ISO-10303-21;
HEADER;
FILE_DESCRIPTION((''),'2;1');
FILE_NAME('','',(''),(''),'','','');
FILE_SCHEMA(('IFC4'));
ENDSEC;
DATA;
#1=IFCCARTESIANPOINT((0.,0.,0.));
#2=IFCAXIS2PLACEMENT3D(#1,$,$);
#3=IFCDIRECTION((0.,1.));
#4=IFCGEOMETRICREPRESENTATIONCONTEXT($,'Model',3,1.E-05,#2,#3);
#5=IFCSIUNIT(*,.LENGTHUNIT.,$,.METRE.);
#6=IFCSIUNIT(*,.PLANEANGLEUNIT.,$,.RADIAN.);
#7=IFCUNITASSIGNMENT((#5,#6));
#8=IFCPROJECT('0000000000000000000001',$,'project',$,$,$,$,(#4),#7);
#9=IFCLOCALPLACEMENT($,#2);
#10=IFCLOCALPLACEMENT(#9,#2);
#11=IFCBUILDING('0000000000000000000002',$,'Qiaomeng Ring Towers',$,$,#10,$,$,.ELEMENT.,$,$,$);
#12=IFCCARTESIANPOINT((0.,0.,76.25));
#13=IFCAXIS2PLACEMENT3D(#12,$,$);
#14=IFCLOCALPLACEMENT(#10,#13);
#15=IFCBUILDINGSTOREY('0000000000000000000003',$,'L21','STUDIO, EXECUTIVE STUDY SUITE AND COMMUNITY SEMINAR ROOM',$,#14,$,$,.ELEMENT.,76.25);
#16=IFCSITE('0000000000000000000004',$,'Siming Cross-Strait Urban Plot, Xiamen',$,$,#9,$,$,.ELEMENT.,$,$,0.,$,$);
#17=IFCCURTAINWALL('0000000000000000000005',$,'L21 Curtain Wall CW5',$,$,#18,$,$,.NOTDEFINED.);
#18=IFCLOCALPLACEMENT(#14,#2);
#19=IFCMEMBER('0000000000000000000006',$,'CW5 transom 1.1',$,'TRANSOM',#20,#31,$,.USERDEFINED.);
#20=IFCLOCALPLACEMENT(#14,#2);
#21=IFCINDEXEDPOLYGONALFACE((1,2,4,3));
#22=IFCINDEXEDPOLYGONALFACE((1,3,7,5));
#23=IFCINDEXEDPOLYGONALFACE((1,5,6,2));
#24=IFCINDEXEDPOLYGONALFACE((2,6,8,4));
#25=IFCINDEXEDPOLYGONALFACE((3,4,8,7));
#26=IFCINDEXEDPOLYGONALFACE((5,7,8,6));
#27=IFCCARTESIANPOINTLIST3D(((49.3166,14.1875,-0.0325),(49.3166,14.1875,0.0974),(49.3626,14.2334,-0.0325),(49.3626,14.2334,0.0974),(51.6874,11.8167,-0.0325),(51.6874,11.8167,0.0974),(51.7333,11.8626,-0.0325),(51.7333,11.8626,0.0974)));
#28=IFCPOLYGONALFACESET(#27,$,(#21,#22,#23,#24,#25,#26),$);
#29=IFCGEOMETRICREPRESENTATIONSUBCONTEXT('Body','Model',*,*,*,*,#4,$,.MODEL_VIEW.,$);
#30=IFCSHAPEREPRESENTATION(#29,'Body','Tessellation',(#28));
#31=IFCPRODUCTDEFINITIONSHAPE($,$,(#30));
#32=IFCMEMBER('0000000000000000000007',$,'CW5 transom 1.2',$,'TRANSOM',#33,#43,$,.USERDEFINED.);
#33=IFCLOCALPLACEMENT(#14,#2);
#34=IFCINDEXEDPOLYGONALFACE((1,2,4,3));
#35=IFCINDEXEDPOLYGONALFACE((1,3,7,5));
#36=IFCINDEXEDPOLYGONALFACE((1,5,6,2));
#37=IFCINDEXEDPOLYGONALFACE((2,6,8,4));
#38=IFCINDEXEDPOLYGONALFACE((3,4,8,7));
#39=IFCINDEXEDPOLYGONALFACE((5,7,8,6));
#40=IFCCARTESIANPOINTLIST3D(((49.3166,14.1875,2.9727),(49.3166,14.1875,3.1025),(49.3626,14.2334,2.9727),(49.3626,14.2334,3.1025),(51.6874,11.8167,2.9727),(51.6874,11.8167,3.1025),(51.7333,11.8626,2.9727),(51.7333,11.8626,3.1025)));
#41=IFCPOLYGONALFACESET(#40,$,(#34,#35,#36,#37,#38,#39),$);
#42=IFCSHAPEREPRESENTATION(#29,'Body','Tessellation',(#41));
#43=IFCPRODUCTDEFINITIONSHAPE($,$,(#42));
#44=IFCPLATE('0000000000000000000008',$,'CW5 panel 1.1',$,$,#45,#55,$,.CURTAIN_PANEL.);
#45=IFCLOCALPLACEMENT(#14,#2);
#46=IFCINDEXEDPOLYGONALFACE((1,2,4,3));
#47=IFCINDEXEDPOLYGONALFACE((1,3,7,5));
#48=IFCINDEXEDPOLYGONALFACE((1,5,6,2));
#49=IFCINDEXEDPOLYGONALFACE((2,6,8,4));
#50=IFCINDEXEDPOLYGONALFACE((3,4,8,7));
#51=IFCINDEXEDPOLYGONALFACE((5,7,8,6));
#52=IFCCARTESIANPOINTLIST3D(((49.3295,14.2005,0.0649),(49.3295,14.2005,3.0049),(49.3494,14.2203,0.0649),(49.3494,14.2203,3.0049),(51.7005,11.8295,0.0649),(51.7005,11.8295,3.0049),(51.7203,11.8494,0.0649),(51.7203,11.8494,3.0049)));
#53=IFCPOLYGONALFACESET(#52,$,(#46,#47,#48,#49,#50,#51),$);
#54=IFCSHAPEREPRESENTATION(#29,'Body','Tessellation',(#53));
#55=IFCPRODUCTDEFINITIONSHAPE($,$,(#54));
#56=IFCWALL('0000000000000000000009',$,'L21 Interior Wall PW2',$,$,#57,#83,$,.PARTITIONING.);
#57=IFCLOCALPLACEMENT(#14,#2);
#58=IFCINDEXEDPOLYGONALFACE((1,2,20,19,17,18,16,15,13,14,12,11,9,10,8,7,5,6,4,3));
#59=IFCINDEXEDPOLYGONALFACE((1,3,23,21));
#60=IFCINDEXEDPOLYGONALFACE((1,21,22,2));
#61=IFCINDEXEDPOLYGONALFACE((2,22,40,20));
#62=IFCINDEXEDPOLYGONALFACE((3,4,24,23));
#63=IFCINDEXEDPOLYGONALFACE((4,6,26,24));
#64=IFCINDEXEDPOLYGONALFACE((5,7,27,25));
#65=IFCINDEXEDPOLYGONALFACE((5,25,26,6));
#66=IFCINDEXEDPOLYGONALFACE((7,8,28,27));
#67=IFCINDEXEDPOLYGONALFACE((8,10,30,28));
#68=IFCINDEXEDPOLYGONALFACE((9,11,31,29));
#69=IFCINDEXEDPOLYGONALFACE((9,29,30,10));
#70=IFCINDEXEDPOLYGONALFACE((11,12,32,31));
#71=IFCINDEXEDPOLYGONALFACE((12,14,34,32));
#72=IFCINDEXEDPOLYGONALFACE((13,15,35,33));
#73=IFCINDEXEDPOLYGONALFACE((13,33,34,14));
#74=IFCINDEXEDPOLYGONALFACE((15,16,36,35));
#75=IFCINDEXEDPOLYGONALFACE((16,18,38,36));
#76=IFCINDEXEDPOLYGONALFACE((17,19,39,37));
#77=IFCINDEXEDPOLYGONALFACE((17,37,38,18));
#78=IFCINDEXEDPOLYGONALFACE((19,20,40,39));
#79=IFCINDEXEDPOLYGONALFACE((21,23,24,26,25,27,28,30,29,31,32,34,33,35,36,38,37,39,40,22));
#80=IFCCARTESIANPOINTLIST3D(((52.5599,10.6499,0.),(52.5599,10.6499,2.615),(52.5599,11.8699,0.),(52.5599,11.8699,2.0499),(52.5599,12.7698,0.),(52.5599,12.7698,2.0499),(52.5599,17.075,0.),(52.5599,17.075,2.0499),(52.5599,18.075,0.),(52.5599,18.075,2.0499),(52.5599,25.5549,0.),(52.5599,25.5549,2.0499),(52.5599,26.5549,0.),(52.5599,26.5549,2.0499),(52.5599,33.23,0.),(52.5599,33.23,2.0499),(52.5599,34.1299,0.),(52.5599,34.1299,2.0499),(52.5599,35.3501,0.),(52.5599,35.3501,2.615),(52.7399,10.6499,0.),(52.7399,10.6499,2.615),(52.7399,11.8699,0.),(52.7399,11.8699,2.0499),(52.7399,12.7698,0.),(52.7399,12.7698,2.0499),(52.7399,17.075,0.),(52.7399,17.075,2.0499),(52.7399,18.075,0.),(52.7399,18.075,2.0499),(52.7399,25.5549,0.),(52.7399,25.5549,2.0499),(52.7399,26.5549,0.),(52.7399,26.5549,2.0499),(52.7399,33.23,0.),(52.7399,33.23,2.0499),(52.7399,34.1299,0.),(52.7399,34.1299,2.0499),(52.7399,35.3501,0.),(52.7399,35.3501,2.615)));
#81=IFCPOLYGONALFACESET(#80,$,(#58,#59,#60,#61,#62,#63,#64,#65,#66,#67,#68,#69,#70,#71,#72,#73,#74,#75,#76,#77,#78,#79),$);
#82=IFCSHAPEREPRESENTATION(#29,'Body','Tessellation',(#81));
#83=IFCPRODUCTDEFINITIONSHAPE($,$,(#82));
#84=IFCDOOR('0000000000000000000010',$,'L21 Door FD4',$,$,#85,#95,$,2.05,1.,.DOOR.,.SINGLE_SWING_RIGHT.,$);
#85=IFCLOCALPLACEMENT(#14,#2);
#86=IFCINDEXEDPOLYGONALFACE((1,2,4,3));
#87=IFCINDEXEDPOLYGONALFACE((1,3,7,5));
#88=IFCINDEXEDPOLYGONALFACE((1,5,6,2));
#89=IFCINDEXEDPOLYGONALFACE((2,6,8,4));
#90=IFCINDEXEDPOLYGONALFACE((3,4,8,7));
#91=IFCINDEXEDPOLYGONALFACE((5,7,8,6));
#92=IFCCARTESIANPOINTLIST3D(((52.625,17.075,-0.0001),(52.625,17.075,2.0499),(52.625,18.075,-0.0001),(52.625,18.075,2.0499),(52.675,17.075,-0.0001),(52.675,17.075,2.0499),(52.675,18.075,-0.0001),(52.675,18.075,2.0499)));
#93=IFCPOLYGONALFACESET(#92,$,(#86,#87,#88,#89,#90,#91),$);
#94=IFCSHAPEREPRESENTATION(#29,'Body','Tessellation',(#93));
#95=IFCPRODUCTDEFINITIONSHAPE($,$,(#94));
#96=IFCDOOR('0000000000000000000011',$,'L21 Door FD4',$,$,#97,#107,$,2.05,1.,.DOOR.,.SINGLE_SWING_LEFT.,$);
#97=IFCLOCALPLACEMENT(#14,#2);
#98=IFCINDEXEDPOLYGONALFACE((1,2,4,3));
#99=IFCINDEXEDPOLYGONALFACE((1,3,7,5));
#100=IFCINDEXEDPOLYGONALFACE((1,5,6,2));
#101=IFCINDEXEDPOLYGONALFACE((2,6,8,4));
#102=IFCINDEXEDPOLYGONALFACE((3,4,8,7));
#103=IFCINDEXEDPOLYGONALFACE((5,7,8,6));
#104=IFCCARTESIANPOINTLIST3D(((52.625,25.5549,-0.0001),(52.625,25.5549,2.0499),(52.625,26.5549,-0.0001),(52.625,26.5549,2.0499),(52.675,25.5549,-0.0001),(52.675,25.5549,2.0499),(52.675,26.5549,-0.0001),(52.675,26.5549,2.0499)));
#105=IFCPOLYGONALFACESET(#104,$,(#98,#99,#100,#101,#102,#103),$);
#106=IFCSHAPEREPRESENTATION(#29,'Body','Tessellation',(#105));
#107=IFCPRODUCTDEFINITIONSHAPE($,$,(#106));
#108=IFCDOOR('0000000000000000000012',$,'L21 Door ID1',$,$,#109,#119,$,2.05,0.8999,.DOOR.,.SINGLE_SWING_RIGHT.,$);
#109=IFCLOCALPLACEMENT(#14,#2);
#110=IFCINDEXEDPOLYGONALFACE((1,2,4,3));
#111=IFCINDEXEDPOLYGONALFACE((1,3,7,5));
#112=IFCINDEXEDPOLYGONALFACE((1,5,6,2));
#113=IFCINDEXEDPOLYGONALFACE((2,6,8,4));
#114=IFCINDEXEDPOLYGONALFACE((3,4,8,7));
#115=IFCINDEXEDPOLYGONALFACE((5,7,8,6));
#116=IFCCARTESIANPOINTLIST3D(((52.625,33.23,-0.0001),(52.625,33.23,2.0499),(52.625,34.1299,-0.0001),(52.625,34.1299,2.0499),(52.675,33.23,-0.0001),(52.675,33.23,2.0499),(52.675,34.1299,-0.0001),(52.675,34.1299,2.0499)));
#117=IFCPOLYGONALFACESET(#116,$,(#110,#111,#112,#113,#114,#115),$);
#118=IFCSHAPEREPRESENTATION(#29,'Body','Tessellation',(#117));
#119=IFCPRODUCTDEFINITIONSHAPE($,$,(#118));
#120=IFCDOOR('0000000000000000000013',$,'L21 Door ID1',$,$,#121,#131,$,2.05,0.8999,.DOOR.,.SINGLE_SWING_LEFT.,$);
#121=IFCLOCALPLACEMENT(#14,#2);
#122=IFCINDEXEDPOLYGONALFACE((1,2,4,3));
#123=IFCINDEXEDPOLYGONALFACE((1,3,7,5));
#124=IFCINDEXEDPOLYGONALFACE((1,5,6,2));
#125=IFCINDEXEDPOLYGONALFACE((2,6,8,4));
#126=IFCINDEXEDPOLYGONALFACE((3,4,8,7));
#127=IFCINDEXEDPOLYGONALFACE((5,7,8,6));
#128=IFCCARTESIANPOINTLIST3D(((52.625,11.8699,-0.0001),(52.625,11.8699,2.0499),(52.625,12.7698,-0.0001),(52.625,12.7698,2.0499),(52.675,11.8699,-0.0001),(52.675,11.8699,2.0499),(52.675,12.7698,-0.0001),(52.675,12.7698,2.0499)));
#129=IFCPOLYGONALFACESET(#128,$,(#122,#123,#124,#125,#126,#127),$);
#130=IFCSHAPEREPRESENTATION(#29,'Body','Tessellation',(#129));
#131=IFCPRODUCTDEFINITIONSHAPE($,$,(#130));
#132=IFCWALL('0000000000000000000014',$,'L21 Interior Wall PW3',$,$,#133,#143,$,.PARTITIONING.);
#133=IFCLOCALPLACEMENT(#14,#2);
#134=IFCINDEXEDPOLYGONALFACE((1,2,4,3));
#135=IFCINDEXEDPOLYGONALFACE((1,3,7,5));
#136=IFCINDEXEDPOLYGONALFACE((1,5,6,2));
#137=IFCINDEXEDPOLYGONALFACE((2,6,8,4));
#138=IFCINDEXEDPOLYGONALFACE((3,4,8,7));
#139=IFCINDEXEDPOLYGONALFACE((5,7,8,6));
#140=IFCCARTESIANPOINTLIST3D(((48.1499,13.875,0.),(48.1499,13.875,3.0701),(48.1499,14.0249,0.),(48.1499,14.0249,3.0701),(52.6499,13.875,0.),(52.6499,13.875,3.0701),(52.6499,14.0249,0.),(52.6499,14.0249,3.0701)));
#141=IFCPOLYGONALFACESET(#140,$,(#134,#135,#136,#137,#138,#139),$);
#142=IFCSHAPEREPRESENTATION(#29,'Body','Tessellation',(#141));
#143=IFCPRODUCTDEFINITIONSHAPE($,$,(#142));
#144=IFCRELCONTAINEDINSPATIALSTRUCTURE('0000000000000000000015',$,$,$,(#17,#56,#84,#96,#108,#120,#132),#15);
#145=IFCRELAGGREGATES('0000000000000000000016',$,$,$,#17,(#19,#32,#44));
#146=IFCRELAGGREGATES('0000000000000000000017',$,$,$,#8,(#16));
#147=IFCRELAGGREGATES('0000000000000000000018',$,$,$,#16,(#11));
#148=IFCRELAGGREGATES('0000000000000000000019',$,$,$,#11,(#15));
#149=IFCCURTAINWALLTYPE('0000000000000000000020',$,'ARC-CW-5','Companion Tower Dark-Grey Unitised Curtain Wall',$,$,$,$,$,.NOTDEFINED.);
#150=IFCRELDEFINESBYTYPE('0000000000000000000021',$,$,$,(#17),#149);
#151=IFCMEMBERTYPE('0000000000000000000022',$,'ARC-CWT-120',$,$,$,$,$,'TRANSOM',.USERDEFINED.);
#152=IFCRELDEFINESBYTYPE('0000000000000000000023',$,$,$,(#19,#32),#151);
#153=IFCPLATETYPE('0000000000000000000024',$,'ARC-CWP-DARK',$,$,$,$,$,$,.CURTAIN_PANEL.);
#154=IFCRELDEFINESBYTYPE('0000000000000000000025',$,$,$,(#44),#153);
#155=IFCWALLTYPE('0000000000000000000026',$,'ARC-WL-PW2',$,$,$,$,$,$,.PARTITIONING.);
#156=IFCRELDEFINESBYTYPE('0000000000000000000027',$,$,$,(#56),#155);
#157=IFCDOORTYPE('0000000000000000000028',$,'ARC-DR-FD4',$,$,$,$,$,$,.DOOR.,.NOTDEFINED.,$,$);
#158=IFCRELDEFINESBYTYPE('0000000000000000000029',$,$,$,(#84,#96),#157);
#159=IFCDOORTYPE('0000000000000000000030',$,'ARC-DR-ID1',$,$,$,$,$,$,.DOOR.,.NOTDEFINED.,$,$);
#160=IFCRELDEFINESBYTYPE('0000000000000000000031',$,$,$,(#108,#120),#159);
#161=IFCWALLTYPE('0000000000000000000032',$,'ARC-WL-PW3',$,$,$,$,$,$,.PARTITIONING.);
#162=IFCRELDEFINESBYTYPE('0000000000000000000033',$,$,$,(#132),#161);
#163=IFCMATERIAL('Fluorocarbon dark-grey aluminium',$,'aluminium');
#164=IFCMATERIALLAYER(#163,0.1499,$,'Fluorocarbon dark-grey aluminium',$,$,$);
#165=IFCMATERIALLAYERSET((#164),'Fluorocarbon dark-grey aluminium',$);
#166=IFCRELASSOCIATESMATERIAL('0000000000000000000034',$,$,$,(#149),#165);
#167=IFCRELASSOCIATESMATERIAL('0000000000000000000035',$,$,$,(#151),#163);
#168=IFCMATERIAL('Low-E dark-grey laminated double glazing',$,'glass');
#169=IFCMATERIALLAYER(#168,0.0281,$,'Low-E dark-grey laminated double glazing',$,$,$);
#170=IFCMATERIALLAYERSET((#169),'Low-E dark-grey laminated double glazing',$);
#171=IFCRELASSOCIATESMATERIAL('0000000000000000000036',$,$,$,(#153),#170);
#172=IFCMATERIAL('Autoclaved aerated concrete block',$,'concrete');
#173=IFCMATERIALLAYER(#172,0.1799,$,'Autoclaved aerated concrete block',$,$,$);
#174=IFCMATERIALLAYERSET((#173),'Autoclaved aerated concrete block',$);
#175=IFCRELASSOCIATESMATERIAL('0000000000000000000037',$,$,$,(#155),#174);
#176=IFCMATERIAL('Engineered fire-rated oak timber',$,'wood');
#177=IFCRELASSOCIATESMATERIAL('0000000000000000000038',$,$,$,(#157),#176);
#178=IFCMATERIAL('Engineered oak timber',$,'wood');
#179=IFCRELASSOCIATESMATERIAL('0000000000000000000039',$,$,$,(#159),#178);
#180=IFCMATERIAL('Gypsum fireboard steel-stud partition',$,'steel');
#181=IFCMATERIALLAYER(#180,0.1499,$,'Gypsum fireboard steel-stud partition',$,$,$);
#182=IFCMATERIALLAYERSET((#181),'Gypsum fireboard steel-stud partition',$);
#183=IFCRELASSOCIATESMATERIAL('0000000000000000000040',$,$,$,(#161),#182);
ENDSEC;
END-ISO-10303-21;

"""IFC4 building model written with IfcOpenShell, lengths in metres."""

from ifc_helpers import new_model, si_unit, direction, frame, frame_2d, origin, origin_2d, place, context, subcontext, project, spatial, rectangle, extrude, source, transform, mapped, material, layer, layer_set, material_profile, profile_set, type_object, element, fill, aggregate, save


model = new_model("IFC4")

# Units and contexts
model_context = context("Model", 3, precision=1e-05, world=origin(), true_north=direction((0.0, 1.0)))
body_context = subcontext(model_context, "Body", "Model", "MODEL_VIEW")
ifc_project = project(units=[si_unit("LENGTHUNIT", "METRE"), si_unit("PLANEANGLEUNIT", "RADIAN")], contexts=[model_context])

# Site, building, storey
site_placement = place(None, origin())
site = spatial("IfcSite", under=ifc_project, at=site_placement, Name="Siming Cross-Strait Urban Plot, Xiamen", CompositionType="ELEMENT", RefElevation=0.0)
building_placement = place(site_placement, origin())
building = spatial("IfcBuilding", under=site, at=building_placement, Name="Qiaomeng Ring Towers", CompositionType="ELEMENT")
storey_placement = place(building_placement, frame((0.0, 0.0, 76.25)))
storey = spatial("IfcBuildingStorey", under=building, at=storey_placement, Name="L21", Description="STUDIO, EXECUTIVE STUDY SUITE AND COMMUNITY SEMINAR ROOM", CompositionType="ELEMENT", Elevation=76.25)

# Curtain wall
ifc_material_1 = material(Name="Fluorocarbon dark-grey aluminium", Category="aluminium")
ifc_layer_1 = layer(ifc_material_1, 0.1499, Name="Fluorocarbon dark-grey aluminium")
ifc_layer_set_1 = layer_set([ifc_layer_1], Name="Fluorocarbon dark-grey aluminium")
curtain_wall_type = type_object("IfcCurtainWallType", Name="ARC-CW-5", Description="Companion Tower Dark-Grey Unitised Curtain Wall", PredefinedType="NOTDEFINED", material=ifc_layer_set_1)
curtain_wall_1_placement = place(storey_placement, origin())
curtain_wall_1 = element("IfcCurtainWall", 1, at=curtain_wall_1_placement, inside=storey, type_object=curtain_wall_type, Name="L21 Curtain Wall CW5", PredefinedType="NOTDEFINED")

# Shared definitions
ifc_material_profile_1 = material_profile(ifc_material_1, rectangle(XDim=0.0649, YDim=0.1299, at=origin_2d()), Name="ALU TRAN 65x130")
ifc_profile_set_1 = profile_set([ifc_material_profile_1], Name="Fluorocarbon dark-grey aluminium")
member_type_1 = type_object("IfcMemberType", Name="ARC-CWT-120", ElementType="TRANSOM", PredefinedType="USERDEFINED", material=ifc_profile_set_1)

# Members
shared_shape_1 = source(origin(), body_context, "Body", "SweptSolid", [
    extrude(rectangle(XDim=0.0649, YDim=0.1299, at=origin_2d()), origin(), (0.0, 0.0, 1.0), 3.3528),
])
member_1_placement = place(storey_placement, frame((49.3396, 14.2104, 0.0325), z_axis=(0.707107, -0.707107, 0.0), x_axis=(0.707107, 0.707107, 0.0)))
member_1 = element("IfcMember", 2, at=member_1_placement, type_object=member_type_1, Name="CW5 transom 1.1", ObjectType="TRANSOM", PredefinedType="USERDEFINED", context=body_context, shape_type="MappedRepresentation", body=[
    mapped(shared_shape_1, transform((0.0, 0.0, 0.0), x_axis=(1.0, 0.0, 0.0), y_axis=(0.0, 1.0, 0.0), z_axis=(0.0, 0.0, 1.0), scale=1.0)),
])
member_2_placement = place(storey_placement, frame((49.3396, 14.2104, 3.0376), z_axis=(0.707107, -0.707107, 0.0), x_axis=(0.707107, 0.707107, 0.0)))
member_2 = element("IfcMember", 3, at=member_2_placement, type_object=member_type_1, Name="CW5 transom 1.2", ObjectType="TRANSOM", PredefinedType="USERDEFINED", context=body_context, shape_type="MappedRepresentation", body=[
    mapped(shared_shape_1, transform((0.0, 0.0, 0.0), x_axis=(1.0, 0.0, 0.0), y_axis=(0.0, 1.0, 0.0), z_axis=(0.0, 0.0, 1.0), scale=1.0)),
])

# Plate
ifc_material_2 = material(Name="Low-E dark-grey laminated double glazing", Category="glass")
ifc_layer_2 = layer(ifc_material_2, 0.0281, Name="Low-E dark-grey laminated double glazing")
ifc_layer_set_2 = layer_set([ifc_layer_2], Name="Low-E dark-grey laminated double glazing")
plate_type = type_object("IfcPlateType", Name="ARC-CWP-DARK", PredefinedType="CURTAIN_PANEL", material=ifc_layer_set_2)
shared_shape_2 = source(origin(), body_context, "Body", "SweptSolid", [
    extrude(rectangle(XDim=3.353, YDim=0.0281, at=origin_2d()), origin(), (0.0, 0.0, 1.0), 2.9399),
])
plate_placement = place(storey_placement, frame((50.5249, 13.0249, 0.0649), z_axis=(0.0, 0.0, 1.0), x_axis=(0.707107, -0.707107, 0.0)))
plate = element("IfcPlate", 4, at=plate_placement, type_object=plate_type, Name="CW5 panel 1.1", PredefinedType="CURTAIN_PANEL", context=body_context, shape_type="MappedRepresentation", body=[
    mapped(shared_shape_2, transform((0.0, 0.0, 0.0), x_axis=(1.0, 0.0, 0.0), y_axis=(0.0, 1.0, 0.0), z_axis=(0.0, 0.0, 1.0), scale=1.0)),
])
aggregate(curtain_wall_1, [member_1, member_2, plate])

# Wall, openings, doors
ifc_material_3 = material(Name="Autoclaved aerated concrete block", Category="concrete")
ifc_layer_3 = layer(ifc_material_3, 0.1799, Name="Autoclaved aerated concrete block")
ifc_layer_set_3 = layer_set([ifc_layer_3], Name="Autoclaved aerated concrete block")
wall_type_1 = type_object("IfcWallType", Name="ARC-WL-PW2", PredefinedType="PARTITIONING", material=ifc_layer_set_3)
wall_1_placement = place(storey_placement, frame((52.6499, 10.6499, 0.0), z_axis=(0.0, 0.0, 1.0), x_axis=(0.0, 1.0, 0.0)))
wall_1 = element("IfcWall", 5, at=wall_1_placement, inside=storey, type_object=wall_type_1, Name="L21 Interior Wall PW2", PredefinedType="PARTITIONING", context=body_context, shape_type="SweptSolid", body=[
    extrude(rectangle(XDim=24.7002, YDim=0.1799, at=frame_2d((12.3501, 0.0))), origin(), (0.0, 0.0, 1.0), 2.615),
])
opening_1_placement = place(wall_1_placement, frame((22.5801, 0.0, 0.0)))
opening_1 = element("IfcOpeningElement", 6, at=opening_1_placement, cuts=wall_1, PredefinedType="OPENING", context=body_context, shape_type="SweptSolid", body=[
    extrude(rectangle(XDim=0.8999, YDim=2.05, at=frame_2d((0.45, 1.0249))), frame((0.0, 0.0999, 0.0), z_axis=(0.0, -1.0, 0.0), x_axis=(1.0, 0.0, 0.0)), (0.0, 0.0, 1.0), 0.2),
])
opening_2_placement = place(wall_1_placement, frame((1.22, 0.0, 0.0)))
opening_2 = element("IfcOpeningElement", 7, at=opening_2_placement, cuts=wall_1, PredefinedType="OPENING", context=body_context, shape_type="SweptSolid", body=[
    extrude(rectangle(XDim=0.8999, YDim=2.05, at=frame_2d((0.45, 1.0249))), frame((0.0, 0.0999, 0.0), z_axis=(0.0, -1.0, 0.0), x_axis=(1.0, 0.0, 0.0)), (0.0, 0.0, 1.0), 0.2),
])
opening_3_placement = place(wall_1_placement, frame((6.425, 0.0, 0.0)))
opening_3 = element("IfcOpeningElement", 8, at=opening_3_placement, cuts=wall_1, PredefinedType="OPENING", context=body_context, shape_type="SweptSolid", body=[
    extrude(rectangle(XDim=1.0, YDim=2.05, at=frame_2d((0.5, 1.0249))), frame((0.0, 0.0999, 0.0), z_axis=(0.0, -1.0, 0.0), x_axis=(1.0, 0.0, 0.0)), (0.0, 0.0, 1.0), 0.2),
])
opening_4_placement = place(wall_1_placement, frame((14.905, 0.0, 0.0)))
opening_4 = element("IfcOpeningElement", 9, at=opening_4_placement, cuts=wall_1, PredefinedType="OPENING", context=body_context, shape_type="SweptSolid", body=[
    extrude(rectangle(XDim=1.0, YDim=2.05, at=frame_2d((0.5, 1.0249))), frame((0.0, 0.0999, 0.0), z_axis=(0.0, -1.0, 0.0), x_axis=(1.0, 0.0, 0.0)), (0.0, 0.0, 1.0), 0.2),
])
ifc_material_4 = material(Name="Engineered fire-rated oak timber", Category="wood")
door_type_1 = type_object("IfcDoorType", Name="ARC-DR-FD4", OperationType="NOTDEFINED", PredefinedType="DOOR", material=ifc_material_4)
shared_shape_3 = source(origin(), body_context, "Body", "SweptSolid", [
    extrude(rectangle(XDim=1.0, YDim=2.05, at=frame_2d((0.5, 1.0249))), frame((0.0, 0.0249, 0.0), z_axis=(0.0, -1.0, 0.0), x_axis=(1.0, 0.0, 0.0)), (0.0, 0.0, 1.0), 0.05),
])
door_1_placement = place(opening_3_placement, origin())
door_1 = element("IfcDoor", 10, at=door_1_placement, inside=storey, type_object=door_type_1, Name="L21 Door FD4", OperationType="SINGLE_SWING_RIGHT", OverallHeight=2.05, OverallWidth=1.0, PredefinedType="DOOR", context=body_context, shape_type="MappedRepresentation", body=[
    mapped(shared_shape_3, transform((0.0, 0.0, 0.0), x_axis=(1.0, 0.0, 0.0), y_axis=(0.0, 1.0, 0.0), z_axis=(0.0, 0.0, 1.0), scale=1.0)),
])
fill(opening_3, door_1)
door_2_placement = place(opening_4_placement, origin())
door_2 = element("IfcDoor", 11, at=door_2_placement, inside=storey, type_object=door_type_1, Name="L21 Door FD4", OperationType="SINGLE_SWING_LEFT", OverallHeight=2.05, OverallWidth=1.0, PredefinedType="DOOR", context=body_context, shape_type="MappedRepresentation", body=[
    mapped(shared_shape_3, transform((0.0, 0.0, 0.0), x_axis=(1.0, 0.0, 0.0), y_axis=(0.0, 1.0, 0.0), z_axis=(0.0, 0.0, 1.0), scale=1.0)),
])
fill(opening_4, door_2)
ifc_material_5 = material(Name="Engineered oak timber", Category="wood")
door_type_2 = type_object("IfcDoorType", Name="ARC-DR-ID1", OperationType="NOTDEFINED", PredefinedType="DOOR", material=ifc_material_5)
shared_shape_4 = source(origin(), body_context, "Body", "SweptSolid", [
    extrude(rectangle(XDim=0.8999, YDim=2.05, at=frame_2d((0.45, 1.0249))), frame((0.0, 0.0249, 0.0), z_axis=(0.0, -1.0, 0.0), x_axis=(1.0, 0.0, 0.0)), (0.0, 0.0, 1.0), 0.05),
])
door_3_placement = place(opening_1_placement, origin())
door_3 = element("IfcDoor", 12, at=door_3_placement, inside=storey, type_object=door_type_2, Name="L21 Door ID1", OperationType="SINGLE_SWING_RIGHT", OverallHeight=2.05, OverallWidth=0.8999, PredefinedType="DOOR", context=body_context, shape_type="MappedRepresentation", body=[
    mapped(shared_shape_4, transform((0.0, 0.0, 0.0), x_axis=(1.0, 0.0, 0.0), y_axis=(0.0, 1.0, 0.0), z_axis=(0.0, 0.0, 1.0), scale=1.0)),
])
fill(opening_1, door_3)
door_4_placement = place(opening_2_placement, origin())
door_4 = element("IfcDoor", 13, at=door_4_placement, inside=storey, type_object=door_type_2, Name="L21 Door ID1", OperationType="SINGLE_SWING_LEFT", OverallHeight=2.05, OverallWidth=0.8999, PredefinedType="DOOR", context=body_context, shape_type="MappedRepresentation", body=[
    mapped(shared_shape_4, transform((0.0, 0.0, 0.0), x_axis=(1.0, 0.0, 0.0), y_axis=(0.0, 1.0, 0.0), z_axis=(0.0, 0.0, 1.0), scale=1.0)),
])
fill(opening_2, door_4)

# Wall
ifc_material_6 = material(Name="Gypsum fireboard steel-stud partition", Category="steel")
ifc_layer_4 = layer(ifc_material_6, 0.1499, Name="Gypsum fireboard steel-stud partition")
ifc_layer_set_4 = layer_set([ifc_layer_4], Name="Gypsum fireboard steel-stud partition")
wall_type_2 = type_object("IfcWallType", Name="ARC-WL-PW3", PredefinedType="PARTITIONING", material=ifc_layer_set_4)
wall_2_placement = place(storey_placement, frame((48.1499, 13.95, 0.0), z_axis=(0.0, 0.0, 1.0), x_axis=(1.0, 0.0, 0.0)))
element("IfcWall", 14, at=wall_2_placement, inside=storey, type_object=wall_type_2, Name="L21 Interior Wall PW3", PredefinedType="PARTITIONING", context=body_context, shape_type="SweptSolid", body=[
    extrude(rectangle(XDim=4.5, YDim=0.1499, at=frame_2d((2.25, 0.0))), origin(), (0.0, 0.0, 1.0), 3.0701),
])

save(model, "model.ifc")
